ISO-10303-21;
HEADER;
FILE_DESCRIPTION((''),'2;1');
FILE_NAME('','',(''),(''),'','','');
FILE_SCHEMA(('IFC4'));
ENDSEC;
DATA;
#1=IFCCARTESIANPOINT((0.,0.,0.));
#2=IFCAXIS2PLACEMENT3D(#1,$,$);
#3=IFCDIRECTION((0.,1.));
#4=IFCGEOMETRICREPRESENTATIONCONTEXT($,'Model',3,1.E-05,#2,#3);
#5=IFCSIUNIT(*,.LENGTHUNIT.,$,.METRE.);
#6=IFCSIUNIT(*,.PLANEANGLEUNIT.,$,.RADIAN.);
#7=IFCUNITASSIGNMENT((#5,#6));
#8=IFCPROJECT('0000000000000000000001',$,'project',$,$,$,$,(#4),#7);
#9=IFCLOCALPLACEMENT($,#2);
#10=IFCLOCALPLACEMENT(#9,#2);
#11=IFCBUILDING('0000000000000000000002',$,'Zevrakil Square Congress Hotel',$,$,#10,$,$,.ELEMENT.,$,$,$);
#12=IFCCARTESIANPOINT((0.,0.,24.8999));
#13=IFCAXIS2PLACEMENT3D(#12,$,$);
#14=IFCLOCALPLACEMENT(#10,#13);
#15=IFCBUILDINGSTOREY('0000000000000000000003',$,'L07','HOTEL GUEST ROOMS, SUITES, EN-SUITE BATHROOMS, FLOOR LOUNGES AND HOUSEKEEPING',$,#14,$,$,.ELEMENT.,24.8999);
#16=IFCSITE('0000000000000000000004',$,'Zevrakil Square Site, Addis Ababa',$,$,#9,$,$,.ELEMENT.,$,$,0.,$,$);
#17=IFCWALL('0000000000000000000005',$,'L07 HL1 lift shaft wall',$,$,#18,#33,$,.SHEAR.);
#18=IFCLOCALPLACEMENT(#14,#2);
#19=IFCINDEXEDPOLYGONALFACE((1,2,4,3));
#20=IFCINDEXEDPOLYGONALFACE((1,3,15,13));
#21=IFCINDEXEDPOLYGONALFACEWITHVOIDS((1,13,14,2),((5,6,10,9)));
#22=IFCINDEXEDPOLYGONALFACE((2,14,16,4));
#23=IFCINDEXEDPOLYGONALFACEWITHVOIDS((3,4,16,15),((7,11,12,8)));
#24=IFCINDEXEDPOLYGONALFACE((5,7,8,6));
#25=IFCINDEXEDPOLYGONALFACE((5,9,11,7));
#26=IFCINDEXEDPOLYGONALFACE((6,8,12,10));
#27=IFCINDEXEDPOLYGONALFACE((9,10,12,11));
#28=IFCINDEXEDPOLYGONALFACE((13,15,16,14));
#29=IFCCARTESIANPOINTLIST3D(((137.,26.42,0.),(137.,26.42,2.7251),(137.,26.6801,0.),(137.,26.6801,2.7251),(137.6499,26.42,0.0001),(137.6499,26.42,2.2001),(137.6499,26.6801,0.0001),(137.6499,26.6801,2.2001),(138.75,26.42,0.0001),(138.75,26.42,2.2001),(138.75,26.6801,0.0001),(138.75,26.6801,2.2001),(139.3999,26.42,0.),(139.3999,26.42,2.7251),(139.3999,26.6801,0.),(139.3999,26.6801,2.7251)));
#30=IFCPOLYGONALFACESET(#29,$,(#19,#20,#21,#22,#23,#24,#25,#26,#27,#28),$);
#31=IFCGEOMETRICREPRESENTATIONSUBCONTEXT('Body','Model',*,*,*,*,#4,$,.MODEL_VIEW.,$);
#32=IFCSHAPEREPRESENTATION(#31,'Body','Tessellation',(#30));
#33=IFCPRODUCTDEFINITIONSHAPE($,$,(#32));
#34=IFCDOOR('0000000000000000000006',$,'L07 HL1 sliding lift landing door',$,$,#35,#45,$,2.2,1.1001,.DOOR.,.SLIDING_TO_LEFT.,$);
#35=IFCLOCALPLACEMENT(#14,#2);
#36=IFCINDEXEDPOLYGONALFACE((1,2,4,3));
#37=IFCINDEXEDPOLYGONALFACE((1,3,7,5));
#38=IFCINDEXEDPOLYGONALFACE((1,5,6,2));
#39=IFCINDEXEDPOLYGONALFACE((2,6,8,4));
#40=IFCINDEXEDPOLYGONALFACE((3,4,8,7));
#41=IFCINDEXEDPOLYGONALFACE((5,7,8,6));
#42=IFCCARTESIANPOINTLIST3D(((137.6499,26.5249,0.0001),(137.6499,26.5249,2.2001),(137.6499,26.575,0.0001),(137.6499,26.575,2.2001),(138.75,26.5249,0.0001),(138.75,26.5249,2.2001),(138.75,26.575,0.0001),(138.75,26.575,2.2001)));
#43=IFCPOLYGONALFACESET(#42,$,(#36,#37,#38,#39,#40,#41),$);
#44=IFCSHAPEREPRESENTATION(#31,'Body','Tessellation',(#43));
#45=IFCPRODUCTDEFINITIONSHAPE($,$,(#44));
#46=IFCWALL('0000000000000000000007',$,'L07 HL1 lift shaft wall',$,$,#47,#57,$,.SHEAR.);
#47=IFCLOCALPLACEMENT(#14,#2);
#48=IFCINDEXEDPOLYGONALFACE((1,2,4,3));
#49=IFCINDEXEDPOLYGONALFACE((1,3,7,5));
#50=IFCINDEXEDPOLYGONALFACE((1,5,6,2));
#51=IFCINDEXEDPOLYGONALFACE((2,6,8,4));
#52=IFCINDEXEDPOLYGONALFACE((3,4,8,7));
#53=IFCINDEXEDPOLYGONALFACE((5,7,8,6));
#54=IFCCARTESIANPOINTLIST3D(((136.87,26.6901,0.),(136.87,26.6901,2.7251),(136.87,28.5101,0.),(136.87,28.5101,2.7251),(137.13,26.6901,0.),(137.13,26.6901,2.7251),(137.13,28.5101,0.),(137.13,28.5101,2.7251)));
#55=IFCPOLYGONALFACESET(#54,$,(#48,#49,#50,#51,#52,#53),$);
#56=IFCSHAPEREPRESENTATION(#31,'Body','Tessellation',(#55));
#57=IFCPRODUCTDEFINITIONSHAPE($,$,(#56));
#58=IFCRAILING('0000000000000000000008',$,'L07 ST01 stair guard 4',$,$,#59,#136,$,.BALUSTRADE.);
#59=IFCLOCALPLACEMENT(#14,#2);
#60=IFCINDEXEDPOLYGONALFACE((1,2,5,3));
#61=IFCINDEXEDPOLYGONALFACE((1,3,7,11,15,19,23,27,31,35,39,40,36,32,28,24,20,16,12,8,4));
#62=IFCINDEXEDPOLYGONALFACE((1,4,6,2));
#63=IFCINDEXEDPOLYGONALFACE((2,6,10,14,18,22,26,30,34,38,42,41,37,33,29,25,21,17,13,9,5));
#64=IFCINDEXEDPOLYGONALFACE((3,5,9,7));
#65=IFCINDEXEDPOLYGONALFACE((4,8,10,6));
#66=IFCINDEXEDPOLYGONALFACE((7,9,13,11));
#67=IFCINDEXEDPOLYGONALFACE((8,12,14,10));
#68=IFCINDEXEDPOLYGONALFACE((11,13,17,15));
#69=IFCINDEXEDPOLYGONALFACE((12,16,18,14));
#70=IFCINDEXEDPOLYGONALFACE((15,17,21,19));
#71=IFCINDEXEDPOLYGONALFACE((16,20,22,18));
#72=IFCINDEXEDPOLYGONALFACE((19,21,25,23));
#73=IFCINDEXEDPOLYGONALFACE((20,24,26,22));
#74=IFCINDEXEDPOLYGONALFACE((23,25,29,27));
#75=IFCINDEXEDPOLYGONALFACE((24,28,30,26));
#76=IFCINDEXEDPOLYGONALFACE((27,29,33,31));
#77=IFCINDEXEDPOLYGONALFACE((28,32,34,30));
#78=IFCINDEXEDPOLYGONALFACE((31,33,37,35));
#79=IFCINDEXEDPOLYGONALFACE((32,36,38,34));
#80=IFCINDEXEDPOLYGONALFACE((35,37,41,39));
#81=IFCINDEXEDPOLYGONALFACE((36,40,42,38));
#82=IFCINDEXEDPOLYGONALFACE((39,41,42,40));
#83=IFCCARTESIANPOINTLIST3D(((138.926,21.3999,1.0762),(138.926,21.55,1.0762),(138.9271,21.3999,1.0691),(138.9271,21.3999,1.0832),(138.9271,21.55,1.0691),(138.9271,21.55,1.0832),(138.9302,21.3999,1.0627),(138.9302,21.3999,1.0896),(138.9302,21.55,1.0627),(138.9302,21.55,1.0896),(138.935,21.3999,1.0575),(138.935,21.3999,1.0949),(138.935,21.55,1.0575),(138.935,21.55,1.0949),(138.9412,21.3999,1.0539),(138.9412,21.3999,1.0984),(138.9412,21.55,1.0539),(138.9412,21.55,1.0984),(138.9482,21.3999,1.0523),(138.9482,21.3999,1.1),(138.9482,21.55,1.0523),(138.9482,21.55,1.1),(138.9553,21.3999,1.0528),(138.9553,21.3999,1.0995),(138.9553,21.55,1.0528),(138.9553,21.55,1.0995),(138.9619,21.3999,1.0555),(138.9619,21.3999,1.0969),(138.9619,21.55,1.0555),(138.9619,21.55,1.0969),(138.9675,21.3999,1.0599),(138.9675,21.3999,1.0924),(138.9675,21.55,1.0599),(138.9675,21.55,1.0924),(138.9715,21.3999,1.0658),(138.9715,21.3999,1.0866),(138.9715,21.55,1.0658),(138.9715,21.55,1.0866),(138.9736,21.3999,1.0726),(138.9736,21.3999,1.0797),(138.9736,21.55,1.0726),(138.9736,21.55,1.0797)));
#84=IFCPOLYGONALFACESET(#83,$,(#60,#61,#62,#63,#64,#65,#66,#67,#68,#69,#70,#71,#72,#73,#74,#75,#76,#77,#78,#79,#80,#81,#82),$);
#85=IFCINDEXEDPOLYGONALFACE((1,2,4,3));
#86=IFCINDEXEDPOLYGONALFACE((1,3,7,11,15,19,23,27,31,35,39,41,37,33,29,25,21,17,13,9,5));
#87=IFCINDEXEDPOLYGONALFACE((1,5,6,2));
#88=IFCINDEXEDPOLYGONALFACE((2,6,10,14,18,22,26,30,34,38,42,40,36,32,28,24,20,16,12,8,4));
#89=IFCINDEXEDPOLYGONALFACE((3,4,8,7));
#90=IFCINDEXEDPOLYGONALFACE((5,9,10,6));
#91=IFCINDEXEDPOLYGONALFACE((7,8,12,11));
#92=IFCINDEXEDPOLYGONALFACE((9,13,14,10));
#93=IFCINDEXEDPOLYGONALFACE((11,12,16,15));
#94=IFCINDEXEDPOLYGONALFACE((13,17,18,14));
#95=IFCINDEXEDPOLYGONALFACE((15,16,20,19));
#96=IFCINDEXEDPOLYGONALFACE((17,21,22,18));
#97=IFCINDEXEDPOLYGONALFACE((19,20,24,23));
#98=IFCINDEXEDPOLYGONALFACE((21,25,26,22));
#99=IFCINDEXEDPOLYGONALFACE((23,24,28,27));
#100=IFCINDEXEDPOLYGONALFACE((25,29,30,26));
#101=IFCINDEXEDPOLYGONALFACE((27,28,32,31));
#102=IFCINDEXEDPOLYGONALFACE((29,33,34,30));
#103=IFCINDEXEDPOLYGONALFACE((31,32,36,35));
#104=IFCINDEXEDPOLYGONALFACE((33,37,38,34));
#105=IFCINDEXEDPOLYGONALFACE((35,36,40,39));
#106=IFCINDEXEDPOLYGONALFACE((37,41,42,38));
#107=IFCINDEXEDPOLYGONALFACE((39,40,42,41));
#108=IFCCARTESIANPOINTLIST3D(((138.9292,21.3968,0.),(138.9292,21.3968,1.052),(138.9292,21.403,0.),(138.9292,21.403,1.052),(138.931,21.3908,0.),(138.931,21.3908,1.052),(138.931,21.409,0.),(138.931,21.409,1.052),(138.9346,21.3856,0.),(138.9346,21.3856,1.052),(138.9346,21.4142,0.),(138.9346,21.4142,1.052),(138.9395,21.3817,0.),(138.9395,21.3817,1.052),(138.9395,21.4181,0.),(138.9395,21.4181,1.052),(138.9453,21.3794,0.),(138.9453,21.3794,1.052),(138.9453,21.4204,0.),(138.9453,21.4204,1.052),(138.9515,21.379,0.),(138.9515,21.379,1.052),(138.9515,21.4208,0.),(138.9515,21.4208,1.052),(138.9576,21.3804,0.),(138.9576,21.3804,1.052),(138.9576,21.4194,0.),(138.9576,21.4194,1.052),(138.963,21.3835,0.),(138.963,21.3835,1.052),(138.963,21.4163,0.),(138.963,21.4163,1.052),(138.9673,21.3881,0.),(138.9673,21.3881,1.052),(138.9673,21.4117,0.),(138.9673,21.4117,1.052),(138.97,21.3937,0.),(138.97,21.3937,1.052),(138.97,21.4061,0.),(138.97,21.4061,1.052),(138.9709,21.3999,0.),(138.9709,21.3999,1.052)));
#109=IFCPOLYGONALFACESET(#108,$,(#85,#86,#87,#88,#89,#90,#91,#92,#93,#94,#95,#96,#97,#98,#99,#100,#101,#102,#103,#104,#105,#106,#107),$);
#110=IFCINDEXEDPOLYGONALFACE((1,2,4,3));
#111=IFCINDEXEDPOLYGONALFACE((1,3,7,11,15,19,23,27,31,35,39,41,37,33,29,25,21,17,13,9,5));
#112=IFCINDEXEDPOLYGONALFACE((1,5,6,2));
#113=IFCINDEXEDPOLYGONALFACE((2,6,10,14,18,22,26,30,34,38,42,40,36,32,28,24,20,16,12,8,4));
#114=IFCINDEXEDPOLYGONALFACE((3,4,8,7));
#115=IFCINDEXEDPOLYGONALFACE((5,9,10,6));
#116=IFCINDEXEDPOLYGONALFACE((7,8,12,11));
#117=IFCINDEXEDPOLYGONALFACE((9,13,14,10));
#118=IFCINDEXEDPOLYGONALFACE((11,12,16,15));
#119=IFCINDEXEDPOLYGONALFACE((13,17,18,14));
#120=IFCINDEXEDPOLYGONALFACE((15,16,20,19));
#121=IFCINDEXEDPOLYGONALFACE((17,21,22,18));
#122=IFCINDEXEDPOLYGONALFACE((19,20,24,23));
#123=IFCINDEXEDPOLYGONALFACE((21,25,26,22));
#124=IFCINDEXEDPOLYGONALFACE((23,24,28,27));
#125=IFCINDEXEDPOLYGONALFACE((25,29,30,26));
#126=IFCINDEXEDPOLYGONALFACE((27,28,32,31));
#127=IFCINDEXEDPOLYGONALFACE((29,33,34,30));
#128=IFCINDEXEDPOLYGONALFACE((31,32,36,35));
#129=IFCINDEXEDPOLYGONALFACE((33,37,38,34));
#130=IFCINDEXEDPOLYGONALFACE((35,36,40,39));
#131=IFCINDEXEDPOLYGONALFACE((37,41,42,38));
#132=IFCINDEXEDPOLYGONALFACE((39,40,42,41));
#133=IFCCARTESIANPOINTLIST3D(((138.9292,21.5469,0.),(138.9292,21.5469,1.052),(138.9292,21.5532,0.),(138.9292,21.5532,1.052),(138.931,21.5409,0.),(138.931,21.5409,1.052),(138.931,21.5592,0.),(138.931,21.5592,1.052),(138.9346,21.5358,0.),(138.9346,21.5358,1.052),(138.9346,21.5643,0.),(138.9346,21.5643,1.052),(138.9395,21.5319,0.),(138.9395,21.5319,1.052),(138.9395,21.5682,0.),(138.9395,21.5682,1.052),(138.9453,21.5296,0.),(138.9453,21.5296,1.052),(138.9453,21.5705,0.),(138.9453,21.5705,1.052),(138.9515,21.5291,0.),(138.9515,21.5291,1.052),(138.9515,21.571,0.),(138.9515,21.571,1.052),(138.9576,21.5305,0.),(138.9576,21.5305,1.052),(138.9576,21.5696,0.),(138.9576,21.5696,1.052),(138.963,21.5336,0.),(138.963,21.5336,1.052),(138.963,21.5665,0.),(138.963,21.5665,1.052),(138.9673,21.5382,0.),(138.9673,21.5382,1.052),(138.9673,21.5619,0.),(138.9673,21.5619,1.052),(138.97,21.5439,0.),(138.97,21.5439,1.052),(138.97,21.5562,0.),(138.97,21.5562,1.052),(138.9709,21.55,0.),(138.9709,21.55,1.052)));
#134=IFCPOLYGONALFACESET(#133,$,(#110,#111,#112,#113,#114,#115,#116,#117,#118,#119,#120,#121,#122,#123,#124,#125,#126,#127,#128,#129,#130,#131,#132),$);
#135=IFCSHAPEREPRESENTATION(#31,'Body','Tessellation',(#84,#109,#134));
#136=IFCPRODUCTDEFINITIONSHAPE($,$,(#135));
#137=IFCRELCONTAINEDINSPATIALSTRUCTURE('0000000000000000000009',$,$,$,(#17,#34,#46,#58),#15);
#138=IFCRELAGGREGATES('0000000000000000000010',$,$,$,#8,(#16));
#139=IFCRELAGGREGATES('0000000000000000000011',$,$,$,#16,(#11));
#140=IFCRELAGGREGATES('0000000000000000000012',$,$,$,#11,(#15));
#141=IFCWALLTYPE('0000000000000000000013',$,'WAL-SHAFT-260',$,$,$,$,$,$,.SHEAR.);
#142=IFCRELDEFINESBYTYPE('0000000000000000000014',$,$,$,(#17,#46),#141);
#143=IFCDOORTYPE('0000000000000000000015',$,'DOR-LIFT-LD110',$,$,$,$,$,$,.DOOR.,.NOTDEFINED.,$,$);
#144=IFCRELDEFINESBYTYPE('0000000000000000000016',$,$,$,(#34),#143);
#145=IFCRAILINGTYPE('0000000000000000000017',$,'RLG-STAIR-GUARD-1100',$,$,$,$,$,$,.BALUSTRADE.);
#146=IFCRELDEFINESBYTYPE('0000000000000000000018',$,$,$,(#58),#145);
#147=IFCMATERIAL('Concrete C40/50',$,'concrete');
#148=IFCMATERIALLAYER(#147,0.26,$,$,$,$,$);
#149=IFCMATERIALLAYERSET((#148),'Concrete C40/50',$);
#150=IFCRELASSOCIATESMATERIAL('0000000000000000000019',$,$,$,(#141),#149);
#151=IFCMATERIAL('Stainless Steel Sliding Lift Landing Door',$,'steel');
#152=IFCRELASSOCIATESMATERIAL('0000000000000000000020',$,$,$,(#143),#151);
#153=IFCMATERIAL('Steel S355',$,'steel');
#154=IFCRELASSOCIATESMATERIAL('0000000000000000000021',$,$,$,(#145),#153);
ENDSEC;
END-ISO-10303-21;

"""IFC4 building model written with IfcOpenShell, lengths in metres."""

from ifc_helpers import new_model, si_unit, direction, frame, frame_2d, origin, origin_2d, place, context, subcontext, project, spatial, rectangle, circle, extrude, material, layer, layer_set, type_object, element, fill, save


model = new_model("IFC4")

# Units and contexts
model_context = context("Model", 3, precision=1e-05, world=origin(), true_north=direction((0.0, 1.0)))
body_context = subcontext(model_context, "Body", "Model", "MODEL_VIEW")
ifc_project = project(units=[si_unit("LENGTHUNIT", "METRE"), si_unit("PLANEANGLEUNIT", "RADIAN")], contexts=[model_context])

# Site, building, storey
site_placement = place(None, origin())
site = spatial("IfcSite", under=ifc_project, at=site_placement, Name="Zevrakil Square Site, Addis Ababa", CompositionType="ELEMENT", RefElevation=0.0)
building_placement = place(site_placement, origin())
building = spatial("IfcBuilding", under=site, at=building_placement, Name="Zevrakil Square Congress Hotel", CompositionType="ELEMENT")
storey_placement = place(building_placement, frame((0.0, 0.0, 24.8999)))
storey = spatial("IfcBuildingStorey", under=building, at=storey_placement, Name="L07", Description="HOTEL GUEST ROOMS, SUITES, EN-SUITE BATHROOMS, FLOOR LOUNGES AND HOUSEKEEPING", CompositionType="ELEMENT", Elevation=24.8999)

# Shared definitions
ifc_material_1 = material(Name="Concrete C40/50", Category="concrete")
ifc_layer_1 = layer(ifc_material_1, 0.26)
ifc_layer_set_1 = layer_set([ifc_layer_1], Name="Concrete C40/50")
wall_type_1 = type_object("IfcWallType", Name="WAL-SHAFT-260", PredefinedType="SHEAR", material=ifc_layer_set_1)

# Wall, opening, door
wall_1_placement = place(storey_placement, frame((137.0, 26.55, 0.0), z_axis=(0.0, 0.0, 1.0), x_axis=(1.0, 0.0, 0.0)))
wall_1 = element("IfcWall", 1, at=wall_1_placement, inside=storey, type_object=wall_type_1, Name="L07 HL1 lift shaft wall", PredefinedType="SHEAR", context=body_context, shape_type="SweptSolid", body=[
    extrude(rectangle(XDim=2.3999, YDim=0.26, at=frame_2d((1.2, 0.0))), origin(), (0.0, 0.0, 1.0), 2.7251),
])
opening_1_placement = place(wall_1_placement, frame((0.6499, 0.0, 0.0)))
opening_1 = element("IfcOpeningElement", 2, at=opening_1_placement, cuts=wall_1, PredefinedType="OPENING", context=body_context, shape_type="SweptSolid", body=[
    extrude(rectangle(XDim=1.1001, YDim=2.2, at=frame_2d((0.55, 1.1001))), frame((0.0, 0.1401, 0.0), z_axis=(0.0, -1.0, 0.0), x_axis=(1.0, 0.0, 0.0)), (0.0, 0.0, 1.0), 0.28),
])
ifc_material_2 = material(Name="Stainless Steel Sliding Lift Landing Door", Category="steel")
door_type_1 = type_object("IfcDoorType", Name="DOR-LIFT-LD110", OperationType="NOTDEFINED", PredefinedType="DOOR", material=ifc_material_2)
door_1_placement = place(opening_1_placement, origin())
door_1 = element("IfcDoor", 3, at=door_1_placement, inside=storey, type_object=door_type_1, Name="L07 HL1 sliding lift landing door", OperationType="SLIDING_TO_LEFT", OverallHeight=2.2, OverallWidth=1.1001, PredefinedType="DOOR", context=body_context, shape_type="SweptSolid", body=[
    extrude(rectangle(XDim=1.1001, YDim=2.2, at=frame_2d((0.55, 1.1001))), frame((0.0, 0.0249, 0.0), z_axis=(0.0, -1.0, 0.0), x_axis=(1.0, 0.0, 0.0)), (0.0, 0.0, 1.0), 0.05),
])
fill(opening_1, door_1)

# Wall
wall_2_placement = place(storey_placement, frame((137.0, 26.6899, 0.0), z_axis=(0.0, 0.0, 1.0), x_axis=(0.0, 1.0, 0.0)))
element("IfcWall", 4, at=wall_2_placement, inside=storey, type_object=wall_type_1, Name="L07 HL1 lift shaft wall", PredefinedType="SHEAR", context=body_context, shape_type="SweptSolid", body=[
    extrude(rectangle(XDim=1.8201, YDim=0.26, at=frame_2d((0.9102, 0.0))), origin(), (0.0, 0.0, 1.0), 2.7251),
])

# Railing
ifc_material_3 = material(Name="Steel S355", Category="steel")
railing_type = type_object("IfcRailingType", Name="RLG-STAIR-GUARD-1100", PredefinedType="BALUSTRADE", material=ifc_material_3)
railing_placement = place(storey_placement, frame((138.95, 21.3999, 0.0)))
element("IfcRailing", 5, at=railing_placement, inside=storey, type_object=railing_type, Name="L07 ST01 stair guard 4", PredefinedType="BALUSTRADE", context=body_context, shape_type="SweptSolid", body=[
    extrude(circle(Radius=0.0239, at=origin_2d()), frame((0.0, 0.0, 1.0762), z_axis=(0.0, 1.0, 0.0), x_axis=(-1.0, 0.0, 0.0)), (0.0, 0.0, 1.0), 0.1501),
    extrude(circle(Radius=0.021, at=origin_2d()), origin(), (0.0, 0.0, 1.0), 1.052),
    extrude(circle(Radius=0.021, at=origin_2d()), frame((0.0, 0.1501, 0.0)), (0.0, 0.0, 1.0), 1.052),
])

save(model, "model.ifc")
